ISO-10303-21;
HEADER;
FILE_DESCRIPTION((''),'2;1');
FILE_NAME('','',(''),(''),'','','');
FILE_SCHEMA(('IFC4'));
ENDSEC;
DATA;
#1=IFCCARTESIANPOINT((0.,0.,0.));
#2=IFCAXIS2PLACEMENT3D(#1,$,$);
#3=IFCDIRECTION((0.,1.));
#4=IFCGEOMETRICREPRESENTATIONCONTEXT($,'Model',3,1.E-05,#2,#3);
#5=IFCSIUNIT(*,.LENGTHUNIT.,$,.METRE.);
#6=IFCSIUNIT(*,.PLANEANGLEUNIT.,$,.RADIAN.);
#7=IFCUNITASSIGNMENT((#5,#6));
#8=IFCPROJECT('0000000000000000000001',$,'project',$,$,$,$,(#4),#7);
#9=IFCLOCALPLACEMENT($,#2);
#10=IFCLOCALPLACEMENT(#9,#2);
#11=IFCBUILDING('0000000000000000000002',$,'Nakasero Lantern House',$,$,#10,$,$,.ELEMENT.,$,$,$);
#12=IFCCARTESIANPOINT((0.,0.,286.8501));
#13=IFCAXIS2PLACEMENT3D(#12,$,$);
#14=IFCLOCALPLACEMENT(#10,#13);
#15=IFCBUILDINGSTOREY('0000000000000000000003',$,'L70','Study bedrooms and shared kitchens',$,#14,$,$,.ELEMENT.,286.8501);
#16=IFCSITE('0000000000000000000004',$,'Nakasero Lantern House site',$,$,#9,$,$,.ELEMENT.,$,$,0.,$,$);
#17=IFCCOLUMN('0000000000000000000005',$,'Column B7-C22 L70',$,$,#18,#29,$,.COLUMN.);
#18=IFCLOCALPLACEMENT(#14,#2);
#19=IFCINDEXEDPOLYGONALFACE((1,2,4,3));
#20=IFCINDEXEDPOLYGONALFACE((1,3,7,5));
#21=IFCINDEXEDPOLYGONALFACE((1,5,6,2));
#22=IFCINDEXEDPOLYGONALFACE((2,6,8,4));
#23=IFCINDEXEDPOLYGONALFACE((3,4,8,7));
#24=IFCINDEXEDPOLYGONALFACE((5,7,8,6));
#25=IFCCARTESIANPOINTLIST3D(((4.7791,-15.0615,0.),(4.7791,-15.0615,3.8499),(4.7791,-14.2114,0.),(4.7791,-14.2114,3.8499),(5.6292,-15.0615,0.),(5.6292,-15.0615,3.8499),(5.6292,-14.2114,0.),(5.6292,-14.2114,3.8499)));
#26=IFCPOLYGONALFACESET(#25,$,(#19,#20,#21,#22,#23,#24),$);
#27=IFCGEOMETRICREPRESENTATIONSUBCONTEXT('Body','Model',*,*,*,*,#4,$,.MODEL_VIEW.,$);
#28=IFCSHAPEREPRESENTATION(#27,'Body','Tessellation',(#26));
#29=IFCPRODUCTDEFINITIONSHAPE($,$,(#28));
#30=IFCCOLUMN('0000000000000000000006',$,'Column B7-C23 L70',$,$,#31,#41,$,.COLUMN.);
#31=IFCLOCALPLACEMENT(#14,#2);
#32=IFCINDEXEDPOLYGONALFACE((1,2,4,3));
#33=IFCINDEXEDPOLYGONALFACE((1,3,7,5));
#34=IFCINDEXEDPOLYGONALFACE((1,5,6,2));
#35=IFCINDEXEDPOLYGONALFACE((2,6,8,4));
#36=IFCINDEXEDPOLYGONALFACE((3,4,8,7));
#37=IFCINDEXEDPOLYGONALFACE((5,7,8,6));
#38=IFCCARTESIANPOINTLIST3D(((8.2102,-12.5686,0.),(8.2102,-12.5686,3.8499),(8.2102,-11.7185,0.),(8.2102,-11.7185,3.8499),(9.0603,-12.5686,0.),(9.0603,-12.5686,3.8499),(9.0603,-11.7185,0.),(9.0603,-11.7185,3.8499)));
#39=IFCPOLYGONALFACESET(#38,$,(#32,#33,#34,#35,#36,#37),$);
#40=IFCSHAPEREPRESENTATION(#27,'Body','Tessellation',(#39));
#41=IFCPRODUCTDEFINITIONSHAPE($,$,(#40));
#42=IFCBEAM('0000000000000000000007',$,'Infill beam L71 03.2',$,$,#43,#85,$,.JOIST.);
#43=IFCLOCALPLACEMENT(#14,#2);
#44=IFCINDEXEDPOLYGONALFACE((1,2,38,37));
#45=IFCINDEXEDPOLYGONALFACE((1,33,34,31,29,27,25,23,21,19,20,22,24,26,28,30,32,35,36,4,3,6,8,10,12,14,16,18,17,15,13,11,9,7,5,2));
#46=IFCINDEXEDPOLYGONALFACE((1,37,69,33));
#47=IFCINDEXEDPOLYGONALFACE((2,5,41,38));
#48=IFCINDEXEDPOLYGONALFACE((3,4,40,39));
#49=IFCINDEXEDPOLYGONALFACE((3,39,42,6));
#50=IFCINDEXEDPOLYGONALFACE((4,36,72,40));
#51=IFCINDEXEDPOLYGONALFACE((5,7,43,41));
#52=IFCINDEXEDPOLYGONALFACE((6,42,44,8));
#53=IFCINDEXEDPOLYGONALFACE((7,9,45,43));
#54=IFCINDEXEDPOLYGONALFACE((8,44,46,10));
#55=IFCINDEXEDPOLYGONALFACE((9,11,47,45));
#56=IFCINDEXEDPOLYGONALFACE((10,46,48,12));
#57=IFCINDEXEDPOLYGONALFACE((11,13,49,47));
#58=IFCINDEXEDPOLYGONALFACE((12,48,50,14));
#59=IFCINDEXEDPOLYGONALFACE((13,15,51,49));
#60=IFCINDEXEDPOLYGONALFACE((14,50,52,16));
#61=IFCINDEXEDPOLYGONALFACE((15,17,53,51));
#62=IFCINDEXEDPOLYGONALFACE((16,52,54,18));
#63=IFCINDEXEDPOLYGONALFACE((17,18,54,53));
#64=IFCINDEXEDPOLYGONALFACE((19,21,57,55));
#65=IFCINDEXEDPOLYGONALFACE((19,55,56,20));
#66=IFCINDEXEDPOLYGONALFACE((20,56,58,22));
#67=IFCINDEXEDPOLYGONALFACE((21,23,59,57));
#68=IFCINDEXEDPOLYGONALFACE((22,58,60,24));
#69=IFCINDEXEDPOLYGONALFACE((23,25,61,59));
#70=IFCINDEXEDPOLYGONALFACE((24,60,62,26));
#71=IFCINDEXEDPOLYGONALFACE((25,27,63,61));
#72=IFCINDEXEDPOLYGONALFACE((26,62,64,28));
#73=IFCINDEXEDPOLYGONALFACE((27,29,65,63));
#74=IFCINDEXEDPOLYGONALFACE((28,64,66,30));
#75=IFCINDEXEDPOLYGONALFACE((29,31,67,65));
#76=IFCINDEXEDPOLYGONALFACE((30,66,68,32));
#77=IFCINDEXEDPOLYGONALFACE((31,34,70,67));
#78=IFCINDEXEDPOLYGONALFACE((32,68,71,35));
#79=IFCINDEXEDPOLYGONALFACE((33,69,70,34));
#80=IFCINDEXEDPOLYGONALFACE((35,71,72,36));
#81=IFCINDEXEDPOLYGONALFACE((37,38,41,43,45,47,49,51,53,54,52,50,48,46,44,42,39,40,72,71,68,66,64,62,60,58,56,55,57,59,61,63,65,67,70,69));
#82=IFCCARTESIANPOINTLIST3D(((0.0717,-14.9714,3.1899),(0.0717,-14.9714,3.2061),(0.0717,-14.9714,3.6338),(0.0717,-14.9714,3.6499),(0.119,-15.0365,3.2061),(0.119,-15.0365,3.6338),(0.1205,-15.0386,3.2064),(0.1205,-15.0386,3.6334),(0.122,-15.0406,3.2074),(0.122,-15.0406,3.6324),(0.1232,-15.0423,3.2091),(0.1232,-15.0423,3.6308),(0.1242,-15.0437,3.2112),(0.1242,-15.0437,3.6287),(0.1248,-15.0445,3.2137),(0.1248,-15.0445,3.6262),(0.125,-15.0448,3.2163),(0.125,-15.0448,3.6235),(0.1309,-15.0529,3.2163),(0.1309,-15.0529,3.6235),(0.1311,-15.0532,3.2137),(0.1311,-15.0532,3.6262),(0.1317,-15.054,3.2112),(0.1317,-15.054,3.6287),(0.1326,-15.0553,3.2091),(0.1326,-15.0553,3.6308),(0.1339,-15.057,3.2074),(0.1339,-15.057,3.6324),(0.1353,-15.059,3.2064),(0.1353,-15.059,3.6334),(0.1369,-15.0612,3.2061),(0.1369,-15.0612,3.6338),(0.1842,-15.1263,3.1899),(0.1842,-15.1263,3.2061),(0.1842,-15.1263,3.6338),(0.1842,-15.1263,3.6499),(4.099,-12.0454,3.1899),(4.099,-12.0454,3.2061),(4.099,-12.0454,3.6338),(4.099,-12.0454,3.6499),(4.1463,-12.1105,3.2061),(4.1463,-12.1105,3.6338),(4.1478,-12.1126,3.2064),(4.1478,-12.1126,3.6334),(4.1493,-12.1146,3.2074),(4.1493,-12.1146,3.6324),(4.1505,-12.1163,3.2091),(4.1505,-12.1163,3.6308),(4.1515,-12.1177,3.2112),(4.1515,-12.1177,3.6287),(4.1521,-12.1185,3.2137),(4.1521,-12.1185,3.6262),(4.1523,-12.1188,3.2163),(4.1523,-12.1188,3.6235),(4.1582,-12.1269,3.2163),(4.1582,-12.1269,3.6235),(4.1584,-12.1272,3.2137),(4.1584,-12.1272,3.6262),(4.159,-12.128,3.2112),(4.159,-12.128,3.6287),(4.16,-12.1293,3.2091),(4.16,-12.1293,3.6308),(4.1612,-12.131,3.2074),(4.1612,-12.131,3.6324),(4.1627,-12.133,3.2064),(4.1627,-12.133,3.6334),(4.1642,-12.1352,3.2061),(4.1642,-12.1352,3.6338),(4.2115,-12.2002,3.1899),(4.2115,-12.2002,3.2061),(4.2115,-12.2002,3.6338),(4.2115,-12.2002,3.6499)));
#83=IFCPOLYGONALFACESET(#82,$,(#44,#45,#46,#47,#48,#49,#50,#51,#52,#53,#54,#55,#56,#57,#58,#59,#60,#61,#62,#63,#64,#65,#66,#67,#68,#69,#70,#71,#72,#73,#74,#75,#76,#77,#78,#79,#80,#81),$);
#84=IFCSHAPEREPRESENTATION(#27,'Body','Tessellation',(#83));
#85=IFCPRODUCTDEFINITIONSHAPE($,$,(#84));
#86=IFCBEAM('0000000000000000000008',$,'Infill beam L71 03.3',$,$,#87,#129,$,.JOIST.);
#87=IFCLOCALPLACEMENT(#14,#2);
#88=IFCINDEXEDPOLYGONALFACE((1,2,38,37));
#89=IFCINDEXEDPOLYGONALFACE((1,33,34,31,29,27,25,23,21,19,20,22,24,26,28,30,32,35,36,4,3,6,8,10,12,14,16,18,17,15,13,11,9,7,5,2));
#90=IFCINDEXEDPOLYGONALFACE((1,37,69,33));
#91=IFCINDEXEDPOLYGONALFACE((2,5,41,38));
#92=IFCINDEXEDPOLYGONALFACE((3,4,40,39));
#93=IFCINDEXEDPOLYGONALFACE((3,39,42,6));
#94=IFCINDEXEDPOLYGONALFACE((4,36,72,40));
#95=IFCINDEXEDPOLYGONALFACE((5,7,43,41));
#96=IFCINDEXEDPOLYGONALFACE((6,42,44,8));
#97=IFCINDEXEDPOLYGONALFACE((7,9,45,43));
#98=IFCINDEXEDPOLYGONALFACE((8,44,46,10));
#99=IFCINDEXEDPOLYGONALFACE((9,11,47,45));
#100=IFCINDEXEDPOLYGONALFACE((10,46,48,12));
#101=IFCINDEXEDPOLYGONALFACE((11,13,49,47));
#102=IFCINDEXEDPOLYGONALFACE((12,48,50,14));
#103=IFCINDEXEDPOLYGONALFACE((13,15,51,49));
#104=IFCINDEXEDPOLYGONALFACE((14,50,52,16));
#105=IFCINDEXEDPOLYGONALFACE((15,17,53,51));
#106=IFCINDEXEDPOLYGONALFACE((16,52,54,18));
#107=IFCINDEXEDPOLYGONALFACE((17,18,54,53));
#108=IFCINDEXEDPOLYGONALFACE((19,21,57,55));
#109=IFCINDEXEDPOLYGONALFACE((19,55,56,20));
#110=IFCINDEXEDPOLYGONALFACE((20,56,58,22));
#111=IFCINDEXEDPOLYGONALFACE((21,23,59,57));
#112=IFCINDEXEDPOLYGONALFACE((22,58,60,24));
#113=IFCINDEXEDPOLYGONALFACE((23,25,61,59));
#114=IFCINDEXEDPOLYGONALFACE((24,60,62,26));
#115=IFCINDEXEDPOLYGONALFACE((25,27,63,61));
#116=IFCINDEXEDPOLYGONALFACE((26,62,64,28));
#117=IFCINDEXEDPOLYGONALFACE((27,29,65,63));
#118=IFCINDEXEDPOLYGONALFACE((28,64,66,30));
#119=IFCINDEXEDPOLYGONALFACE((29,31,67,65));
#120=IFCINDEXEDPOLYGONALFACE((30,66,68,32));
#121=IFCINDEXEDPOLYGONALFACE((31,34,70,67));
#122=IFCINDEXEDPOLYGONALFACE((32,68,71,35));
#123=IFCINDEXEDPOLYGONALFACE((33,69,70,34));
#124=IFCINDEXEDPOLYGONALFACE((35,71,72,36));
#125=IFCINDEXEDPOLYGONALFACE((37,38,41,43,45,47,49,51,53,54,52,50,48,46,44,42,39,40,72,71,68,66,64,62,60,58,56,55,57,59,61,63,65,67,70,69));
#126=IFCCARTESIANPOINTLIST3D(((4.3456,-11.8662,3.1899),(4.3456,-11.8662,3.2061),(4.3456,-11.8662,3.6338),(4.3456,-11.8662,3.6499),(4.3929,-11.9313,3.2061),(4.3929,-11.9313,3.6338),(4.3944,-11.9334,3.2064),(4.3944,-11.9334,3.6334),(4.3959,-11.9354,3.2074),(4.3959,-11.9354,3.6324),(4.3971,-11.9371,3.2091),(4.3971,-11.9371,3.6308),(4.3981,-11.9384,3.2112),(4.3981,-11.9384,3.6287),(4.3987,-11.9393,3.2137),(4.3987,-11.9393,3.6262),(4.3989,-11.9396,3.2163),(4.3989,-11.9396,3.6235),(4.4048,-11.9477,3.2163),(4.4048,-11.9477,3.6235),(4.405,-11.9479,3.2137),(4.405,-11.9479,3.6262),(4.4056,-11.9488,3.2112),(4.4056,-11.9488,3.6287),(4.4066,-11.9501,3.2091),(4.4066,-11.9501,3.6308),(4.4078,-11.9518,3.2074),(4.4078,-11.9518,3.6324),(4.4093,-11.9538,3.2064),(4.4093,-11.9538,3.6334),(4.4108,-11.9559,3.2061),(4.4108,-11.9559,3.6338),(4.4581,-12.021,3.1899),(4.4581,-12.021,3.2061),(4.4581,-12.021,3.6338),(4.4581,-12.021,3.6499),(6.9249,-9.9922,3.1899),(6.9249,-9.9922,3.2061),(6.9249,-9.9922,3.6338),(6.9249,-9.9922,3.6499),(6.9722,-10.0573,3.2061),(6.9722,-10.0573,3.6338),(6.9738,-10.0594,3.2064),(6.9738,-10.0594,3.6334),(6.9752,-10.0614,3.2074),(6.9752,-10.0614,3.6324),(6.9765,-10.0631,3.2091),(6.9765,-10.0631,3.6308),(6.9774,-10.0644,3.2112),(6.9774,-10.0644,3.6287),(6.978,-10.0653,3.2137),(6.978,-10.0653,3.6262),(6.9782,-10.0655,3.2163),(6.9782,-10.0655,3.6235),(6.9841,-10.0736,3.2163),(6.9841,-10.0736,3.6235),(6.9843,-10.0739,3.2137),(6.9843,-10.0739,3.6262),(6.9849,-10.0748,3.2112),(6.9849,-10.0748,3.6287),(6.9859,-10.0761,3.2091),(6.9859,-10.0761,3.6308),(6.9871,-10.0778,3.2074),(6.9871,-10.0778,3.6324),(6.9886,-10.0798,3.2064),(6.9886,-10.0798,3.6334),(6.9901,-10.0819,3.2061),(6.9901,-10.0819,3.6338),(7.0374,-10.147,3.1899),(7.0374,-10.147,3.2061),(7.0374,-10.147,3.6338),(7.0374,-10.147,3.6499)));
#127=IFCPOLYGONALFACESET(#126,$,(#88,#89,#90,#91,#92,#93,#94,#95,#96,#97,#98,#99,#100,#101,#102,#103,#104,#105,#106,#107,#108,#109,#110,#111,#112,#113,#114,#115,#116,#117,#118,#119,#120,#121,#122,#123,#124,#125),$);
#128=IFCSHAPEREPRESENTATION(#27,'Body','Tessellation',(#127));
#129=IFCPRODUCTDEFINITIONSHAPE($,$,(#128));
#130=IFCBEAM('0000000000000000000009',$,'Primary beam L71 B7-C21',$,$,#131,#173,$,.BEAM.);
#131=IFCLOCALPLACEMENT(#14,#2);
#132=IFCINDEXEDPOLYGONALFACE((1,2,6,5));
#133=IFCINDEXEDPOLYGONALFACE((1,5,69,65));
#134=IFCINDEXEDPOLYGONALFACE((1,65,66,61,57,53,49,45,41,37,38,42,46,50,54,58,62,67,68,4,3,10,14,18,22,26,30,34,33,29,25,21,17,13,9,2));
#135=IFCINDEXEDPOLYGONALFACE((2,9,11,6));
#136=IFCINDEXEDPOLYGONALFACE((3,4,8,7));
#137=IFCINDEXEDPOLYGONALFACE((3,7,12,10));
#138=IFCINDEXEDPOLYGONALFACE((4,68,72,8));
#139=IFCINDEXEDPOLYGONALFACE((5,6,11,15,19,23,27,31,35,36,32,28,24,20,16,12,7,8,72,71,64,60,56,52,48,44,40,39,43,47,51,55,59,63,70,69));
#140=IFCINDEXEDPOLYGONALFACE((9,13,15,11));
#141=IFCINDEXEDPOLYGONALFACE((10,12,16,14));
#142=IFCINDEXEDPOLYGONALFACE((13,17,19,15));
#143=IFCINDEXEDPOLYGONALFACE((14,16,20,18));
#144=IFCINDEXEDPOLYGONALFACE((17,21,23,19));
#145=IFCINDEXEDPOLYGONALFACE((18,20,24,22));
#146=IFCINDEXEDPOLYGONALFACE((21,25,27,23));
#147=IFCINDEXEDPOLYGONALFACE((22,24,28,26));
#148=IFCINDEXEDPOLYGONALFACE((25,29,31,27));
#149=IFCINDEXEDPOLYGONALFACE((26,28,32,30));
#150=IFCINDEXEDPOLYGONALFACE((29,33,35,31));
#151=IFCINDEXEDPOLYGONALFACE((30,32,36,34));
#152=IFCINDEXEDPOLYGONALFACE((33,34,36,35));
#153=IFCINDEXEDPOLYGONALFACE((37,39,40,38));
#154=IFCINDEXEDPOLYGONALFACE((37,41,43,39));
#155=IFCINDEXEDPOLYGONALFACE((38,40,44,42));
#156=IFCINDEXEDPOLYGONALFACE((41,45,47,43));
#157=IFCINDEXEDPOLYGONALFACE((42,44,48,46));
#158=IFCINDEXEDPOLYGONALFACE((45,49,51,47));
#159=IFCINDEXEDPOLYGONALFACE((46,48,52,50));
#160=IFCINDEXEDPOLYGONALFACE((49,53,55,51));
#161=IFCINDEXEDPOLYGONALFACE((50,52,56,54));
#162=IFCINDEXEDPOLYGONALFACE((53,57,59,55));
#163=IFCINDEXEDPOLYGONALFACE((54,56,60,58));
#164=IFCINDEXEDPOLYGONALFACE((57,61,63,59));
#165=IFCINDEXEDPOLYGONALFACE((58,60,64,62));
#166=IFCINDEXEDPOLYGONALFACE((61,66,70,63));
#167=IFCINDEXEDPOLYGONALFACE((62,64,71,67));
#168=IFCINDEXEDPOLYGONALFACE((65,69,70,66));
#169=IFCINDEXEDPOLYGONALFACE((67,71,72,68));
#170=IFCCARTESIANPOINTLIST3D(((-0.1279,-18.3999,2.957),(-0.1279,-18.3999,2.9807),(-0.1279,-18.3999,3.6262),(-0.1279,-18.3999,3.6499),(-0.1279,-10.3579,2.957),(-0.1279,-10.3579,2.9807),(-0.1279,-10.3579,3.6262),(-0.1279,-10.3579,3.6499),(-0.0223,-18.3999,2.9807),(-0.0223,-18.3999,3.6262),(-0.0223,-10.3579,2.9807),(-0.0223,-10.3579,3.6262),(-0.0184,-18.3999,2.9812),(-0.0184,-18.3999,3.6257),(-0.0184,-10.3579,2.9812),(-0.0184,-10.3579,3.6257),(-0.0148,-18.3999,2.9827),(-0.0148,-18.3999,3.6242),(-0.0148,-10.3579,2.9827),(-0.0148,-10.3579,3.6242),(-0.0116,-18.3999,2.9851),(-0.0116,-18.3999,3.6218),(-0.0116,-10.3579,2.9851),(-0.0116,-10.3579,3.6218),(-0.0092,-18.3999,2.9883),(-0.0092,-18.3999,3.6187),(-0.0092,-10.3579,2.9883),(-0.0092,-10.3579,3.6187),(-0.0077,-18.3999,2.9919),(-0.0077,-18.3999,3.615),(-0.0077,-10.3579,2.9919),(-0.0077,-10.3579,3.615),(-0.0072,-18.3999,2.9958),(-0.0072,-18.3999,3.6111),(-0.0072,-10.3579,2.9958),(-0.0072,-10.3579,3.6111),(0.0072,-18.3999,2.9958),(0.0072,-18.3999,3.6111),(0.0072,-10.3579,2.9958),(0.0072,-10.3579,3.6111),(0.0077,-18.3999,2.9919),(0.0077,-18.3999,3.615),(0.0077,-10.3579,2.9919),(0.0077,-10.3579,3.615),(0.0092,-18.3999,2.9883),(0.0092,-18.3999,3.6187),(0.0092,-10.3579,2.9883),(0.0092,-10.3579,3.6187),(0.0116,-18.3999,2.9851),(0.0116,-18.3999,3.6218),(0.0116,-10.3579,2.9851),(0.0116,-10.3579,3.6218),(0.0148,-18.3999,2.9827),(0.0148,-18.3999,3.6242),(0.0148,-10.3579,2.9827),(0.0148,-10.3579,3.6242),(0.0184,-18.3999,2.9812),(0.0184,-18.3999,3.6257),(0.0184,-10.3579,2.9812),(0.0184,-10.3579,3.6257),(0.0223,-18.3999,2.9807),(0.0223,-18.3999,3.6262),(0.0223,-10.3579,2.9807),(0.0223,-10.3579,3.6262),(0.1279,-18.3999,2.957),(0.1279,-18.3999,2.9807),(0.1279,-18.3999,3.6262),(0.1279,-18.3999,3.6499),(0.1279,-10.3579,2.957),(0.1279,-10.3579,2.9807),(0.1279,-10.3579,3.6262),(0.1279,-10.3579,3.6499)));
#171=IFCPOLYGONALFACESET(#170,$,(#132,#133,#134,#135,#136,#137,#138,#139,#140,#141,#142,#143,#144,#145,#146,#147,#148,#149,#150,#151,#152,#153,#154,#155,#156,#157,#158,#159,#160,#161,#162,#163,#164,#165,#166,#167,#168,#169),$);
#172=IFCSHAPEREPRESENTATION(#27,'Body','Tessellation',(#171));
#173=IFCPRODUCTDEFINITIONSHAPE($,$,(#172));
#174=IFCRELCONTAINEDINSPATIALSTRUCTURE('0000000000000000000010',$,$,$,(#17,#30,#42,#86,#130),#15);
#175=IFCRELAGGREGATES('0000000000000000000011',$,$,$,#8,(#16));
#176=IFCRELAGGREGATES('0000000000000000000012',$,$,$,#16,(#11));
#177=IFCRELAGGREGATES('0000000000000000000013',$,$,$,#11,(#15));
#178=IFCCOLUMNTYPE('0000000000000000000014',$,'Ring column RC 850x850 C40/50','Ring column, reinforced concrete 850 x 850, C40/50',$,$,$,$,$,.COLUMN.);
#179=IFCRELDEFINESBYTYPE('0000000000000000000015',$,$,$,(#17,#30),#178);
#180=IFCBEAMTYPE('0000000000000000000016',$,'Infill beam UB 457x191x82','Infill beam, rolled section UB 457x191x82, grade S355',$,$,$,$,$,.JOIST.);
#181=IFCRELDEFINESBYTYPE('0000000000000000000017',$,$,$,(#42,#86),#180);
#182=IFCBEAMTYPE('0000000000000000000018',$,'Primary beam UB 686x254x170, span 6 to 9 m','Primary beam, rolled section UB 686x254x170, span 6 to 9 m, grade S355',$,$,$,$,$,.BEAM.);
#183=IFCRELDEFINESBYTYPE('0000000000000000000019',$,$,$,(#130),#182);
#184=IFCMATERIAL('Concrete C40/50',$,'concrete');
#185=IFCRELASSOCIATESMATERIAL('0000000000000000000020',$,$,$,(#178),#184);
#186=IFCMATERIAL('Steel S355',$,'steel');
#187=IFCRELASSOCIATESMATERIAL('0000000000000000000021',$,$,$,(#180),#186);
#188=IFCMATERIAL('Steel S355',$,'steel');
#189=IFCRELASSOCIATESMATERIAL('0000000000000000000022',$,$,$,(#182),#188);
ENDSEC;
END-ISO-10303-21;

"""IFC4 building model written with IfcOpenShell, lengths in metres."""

from ifc_helpers import new_model, si_unit, direction, frame, origin, origin_2d, place, context, subcontext, project, spatial, rectangle, i_section, extrude, material, material_profile, profile_set, type_object, element, save


model = new_model("IFC4")

# Units and contexts
model_context = context("Model", 3, precision=1e-05, world=origin(), true_north=direction((0.0, 1.0)))
body_context = subcontext(model_context, "Body", "Model", "MODEL_VIEW")
ifc_project = project(units=[si_unit("LENGTHUNIT", "METRE"), si_unit("PLANEANGLEUNIT", "RADIAN")], contexts=[model_context])

# Site, building, storey
site_placement = place(None, origin())
site = spatial("IfcSite", under=ifc_project, at=site_placement, Name="Nakasero Lantern House site", CompositionType="ELEMENT", RefElevation=0.0)
building_placement = place(site_placement, origin())
building = spatial("IfcBuilding", under=site, at=building_placement, Name="Nakasero Lantern House", CompositionType="ELEMENT")
storey_placement = place(building_placement, frame((0.0, 0.0, 286.8501)))
storey = spatial("IfcBuildingStorey", under=building, at=storey_placement, Name="L70", Description="Study bedrooms and shared kitchens", CompositionType="ELEMENT", Elevation=286.8501)

# Columns
ifc_material_1 = material(Name="Concrete C40/50", Category="concrete")
ifc_material_profile_1 = material_profile(ifc_material_1, rectangle(XDim=0.8501, YDim=0.8501, at=origin_2d()), Name="RC 850x850")
ifc_profile_set_1 = profile_set([ifc_material_profile_1], Name="Concrete C40/50")
column_type = type_object("IfcColumnType", Name="Ring column RC 850x850 C40/50", Description="Ring column, reinforced concrete 850 x 850, C40/50", PredefinedType="COLUMN", material=ifc_profile_set_1)
for number, where, z_axis, x_axis, name in (
    (1, (5.2041, -14.6365, 0.0), (0.0, 0.0, 1.0), (1.0, 0.0, 0.0), "Column B7-C22 L70"),
    (2, (8.6353, -12.1436, 0.0), (0.0, 0.0, 1.0), (1.0, 0.0, 0.0), "Column B7-C23 L70"),
):
    element("IfcColumn", number, at=place(storey_placement, frame(where, z_axis=z_axis, x_axis=x_axis)), inside=storey, type_object=column_type, Name=name, PredefinedType="COLUMN", context=body_context, shape_type="SweptSolid", body=[
        extrude(rectangle(XDim=0.8501, YDim=0.8501, at=origin_2d()), origin(), (0.0, 0.0, 1.0), 3.8499),
    ])

# Beams
ifc_material_2 = material(Name="Steel S355", Category="steel")
ifc_material_profile_2 = material_profile(ifc_material_2, i_section(OverallWidth=0.1914, OverallDepth=0.46, WebThickness=0.01, FlangeThickness=0.0161, FilletRadius=0.0103, at=origin_2d()), Name="UB 457x191x82")
ifc_profile_set_2 = profile_set([ifc_material_profile_2], Name="Steel S355")
beam_type_1 = type_object("IfcBeamType", Name="Infill beam UB 457x191x82", Description="Infill beam, rolled section UB 457x191x82, grade S355", PredefinedType="JOIST", material=ifc_profile_set_2)
beam_1_placement = place(storey_placement, frame((0.1279, -15.0488, 3.4199), z_axis=(0.809018, 0.587784, 0.0), x_axis=(-0.587784, 0.809018, 0.0)))
element("IfcBeam", 3, at=beam_1_placement, inside=storey, type_object=beam_type_1, Name="Infill beam L71 03.2", PredefinedType="JOIST", context=body_context, shape_type="SweptSolid", body=[
    extrude(i_section(OverallWidth=0.1914, OverallDepth=0.46, WebThickness=0.01, FlangeThickness=0.0161, FilletRadius=0.0103, at=origin_2d()), origin(), (0.0, 0.0, 1.0), 4.978),
])
beam_2_placement = place(storey_placement, frame((4.4019, -11.9436, 3.4199), z_axis=(0.809014, 0.587789, 0.0), x_axis=(-0.587789, 0.809014, 0.0)))
element("IfcBeam", 4, at=beam_2_placement, inside=storey, type_object=beam_type_1, Name="Infill beam L71 03.3", PredefinedType="JOIST", context=body_context, shape_type="SweptSolid", body=[
    extrude(i_section(OverallWidth=0.1914, OverallDepth=0.46, WebThickness=0.01, FlangeThickness=0.0161, FilletRadius=0.0103, at=origin_2d()), origin(), (0.0, 0.0, 1.0), 3.1882),
])
ifc_material_3 = material(Name="Steel S355", Category="steel")
ifc_material_profile_3 = material_profile(ifc_material_3, i_section(OverallWidth=0.2559, OverallDepth=0.6929, WebThickness=0.0144, FlangeThickness=0.0237, FilletRadius=0.0151, at=origin_2d()), Name="UB 686x254x170")
ifc_profile_set_3 = profile_set([ifc_material_profile_3], Name="Steel S355")
beam_type_2 = type_object("IfcBeamType", Name="Primary beam UB 686x254x170, span 6 to 9 m", Description="Primary beam, rolled section UB 686x254x170, span 6 to 9 m, grade S355", PredefinedType="BEAM", material=ifc_profile_set_3)
beam_3_placement = place(storey_placement, frame((0.0, -18.3999, 3.3035), z_axis=(0.0, 1.0, 0.0), x_axis=(-1.0, 0.0, 0.0)))
element("IfcBeam", 5, at=beam_3_placement, inside=storey, type_object=beam_type_2, Name="Primary beam L71 B7-C21", PredefinedType="BEAM", context=body_context, shape_type="SweptSolid", body=[
    extrude(i_section(OverallWidth=0.2559, OverallDepth=0.6929, WebThickness=0.0144, FlangeThickness=0.0237, FilletRadius=0.0151, at=origin_2d()), origin(), (0.0, 0.0, 1.0), 8.042),
])

save(model, "model.ifc")
